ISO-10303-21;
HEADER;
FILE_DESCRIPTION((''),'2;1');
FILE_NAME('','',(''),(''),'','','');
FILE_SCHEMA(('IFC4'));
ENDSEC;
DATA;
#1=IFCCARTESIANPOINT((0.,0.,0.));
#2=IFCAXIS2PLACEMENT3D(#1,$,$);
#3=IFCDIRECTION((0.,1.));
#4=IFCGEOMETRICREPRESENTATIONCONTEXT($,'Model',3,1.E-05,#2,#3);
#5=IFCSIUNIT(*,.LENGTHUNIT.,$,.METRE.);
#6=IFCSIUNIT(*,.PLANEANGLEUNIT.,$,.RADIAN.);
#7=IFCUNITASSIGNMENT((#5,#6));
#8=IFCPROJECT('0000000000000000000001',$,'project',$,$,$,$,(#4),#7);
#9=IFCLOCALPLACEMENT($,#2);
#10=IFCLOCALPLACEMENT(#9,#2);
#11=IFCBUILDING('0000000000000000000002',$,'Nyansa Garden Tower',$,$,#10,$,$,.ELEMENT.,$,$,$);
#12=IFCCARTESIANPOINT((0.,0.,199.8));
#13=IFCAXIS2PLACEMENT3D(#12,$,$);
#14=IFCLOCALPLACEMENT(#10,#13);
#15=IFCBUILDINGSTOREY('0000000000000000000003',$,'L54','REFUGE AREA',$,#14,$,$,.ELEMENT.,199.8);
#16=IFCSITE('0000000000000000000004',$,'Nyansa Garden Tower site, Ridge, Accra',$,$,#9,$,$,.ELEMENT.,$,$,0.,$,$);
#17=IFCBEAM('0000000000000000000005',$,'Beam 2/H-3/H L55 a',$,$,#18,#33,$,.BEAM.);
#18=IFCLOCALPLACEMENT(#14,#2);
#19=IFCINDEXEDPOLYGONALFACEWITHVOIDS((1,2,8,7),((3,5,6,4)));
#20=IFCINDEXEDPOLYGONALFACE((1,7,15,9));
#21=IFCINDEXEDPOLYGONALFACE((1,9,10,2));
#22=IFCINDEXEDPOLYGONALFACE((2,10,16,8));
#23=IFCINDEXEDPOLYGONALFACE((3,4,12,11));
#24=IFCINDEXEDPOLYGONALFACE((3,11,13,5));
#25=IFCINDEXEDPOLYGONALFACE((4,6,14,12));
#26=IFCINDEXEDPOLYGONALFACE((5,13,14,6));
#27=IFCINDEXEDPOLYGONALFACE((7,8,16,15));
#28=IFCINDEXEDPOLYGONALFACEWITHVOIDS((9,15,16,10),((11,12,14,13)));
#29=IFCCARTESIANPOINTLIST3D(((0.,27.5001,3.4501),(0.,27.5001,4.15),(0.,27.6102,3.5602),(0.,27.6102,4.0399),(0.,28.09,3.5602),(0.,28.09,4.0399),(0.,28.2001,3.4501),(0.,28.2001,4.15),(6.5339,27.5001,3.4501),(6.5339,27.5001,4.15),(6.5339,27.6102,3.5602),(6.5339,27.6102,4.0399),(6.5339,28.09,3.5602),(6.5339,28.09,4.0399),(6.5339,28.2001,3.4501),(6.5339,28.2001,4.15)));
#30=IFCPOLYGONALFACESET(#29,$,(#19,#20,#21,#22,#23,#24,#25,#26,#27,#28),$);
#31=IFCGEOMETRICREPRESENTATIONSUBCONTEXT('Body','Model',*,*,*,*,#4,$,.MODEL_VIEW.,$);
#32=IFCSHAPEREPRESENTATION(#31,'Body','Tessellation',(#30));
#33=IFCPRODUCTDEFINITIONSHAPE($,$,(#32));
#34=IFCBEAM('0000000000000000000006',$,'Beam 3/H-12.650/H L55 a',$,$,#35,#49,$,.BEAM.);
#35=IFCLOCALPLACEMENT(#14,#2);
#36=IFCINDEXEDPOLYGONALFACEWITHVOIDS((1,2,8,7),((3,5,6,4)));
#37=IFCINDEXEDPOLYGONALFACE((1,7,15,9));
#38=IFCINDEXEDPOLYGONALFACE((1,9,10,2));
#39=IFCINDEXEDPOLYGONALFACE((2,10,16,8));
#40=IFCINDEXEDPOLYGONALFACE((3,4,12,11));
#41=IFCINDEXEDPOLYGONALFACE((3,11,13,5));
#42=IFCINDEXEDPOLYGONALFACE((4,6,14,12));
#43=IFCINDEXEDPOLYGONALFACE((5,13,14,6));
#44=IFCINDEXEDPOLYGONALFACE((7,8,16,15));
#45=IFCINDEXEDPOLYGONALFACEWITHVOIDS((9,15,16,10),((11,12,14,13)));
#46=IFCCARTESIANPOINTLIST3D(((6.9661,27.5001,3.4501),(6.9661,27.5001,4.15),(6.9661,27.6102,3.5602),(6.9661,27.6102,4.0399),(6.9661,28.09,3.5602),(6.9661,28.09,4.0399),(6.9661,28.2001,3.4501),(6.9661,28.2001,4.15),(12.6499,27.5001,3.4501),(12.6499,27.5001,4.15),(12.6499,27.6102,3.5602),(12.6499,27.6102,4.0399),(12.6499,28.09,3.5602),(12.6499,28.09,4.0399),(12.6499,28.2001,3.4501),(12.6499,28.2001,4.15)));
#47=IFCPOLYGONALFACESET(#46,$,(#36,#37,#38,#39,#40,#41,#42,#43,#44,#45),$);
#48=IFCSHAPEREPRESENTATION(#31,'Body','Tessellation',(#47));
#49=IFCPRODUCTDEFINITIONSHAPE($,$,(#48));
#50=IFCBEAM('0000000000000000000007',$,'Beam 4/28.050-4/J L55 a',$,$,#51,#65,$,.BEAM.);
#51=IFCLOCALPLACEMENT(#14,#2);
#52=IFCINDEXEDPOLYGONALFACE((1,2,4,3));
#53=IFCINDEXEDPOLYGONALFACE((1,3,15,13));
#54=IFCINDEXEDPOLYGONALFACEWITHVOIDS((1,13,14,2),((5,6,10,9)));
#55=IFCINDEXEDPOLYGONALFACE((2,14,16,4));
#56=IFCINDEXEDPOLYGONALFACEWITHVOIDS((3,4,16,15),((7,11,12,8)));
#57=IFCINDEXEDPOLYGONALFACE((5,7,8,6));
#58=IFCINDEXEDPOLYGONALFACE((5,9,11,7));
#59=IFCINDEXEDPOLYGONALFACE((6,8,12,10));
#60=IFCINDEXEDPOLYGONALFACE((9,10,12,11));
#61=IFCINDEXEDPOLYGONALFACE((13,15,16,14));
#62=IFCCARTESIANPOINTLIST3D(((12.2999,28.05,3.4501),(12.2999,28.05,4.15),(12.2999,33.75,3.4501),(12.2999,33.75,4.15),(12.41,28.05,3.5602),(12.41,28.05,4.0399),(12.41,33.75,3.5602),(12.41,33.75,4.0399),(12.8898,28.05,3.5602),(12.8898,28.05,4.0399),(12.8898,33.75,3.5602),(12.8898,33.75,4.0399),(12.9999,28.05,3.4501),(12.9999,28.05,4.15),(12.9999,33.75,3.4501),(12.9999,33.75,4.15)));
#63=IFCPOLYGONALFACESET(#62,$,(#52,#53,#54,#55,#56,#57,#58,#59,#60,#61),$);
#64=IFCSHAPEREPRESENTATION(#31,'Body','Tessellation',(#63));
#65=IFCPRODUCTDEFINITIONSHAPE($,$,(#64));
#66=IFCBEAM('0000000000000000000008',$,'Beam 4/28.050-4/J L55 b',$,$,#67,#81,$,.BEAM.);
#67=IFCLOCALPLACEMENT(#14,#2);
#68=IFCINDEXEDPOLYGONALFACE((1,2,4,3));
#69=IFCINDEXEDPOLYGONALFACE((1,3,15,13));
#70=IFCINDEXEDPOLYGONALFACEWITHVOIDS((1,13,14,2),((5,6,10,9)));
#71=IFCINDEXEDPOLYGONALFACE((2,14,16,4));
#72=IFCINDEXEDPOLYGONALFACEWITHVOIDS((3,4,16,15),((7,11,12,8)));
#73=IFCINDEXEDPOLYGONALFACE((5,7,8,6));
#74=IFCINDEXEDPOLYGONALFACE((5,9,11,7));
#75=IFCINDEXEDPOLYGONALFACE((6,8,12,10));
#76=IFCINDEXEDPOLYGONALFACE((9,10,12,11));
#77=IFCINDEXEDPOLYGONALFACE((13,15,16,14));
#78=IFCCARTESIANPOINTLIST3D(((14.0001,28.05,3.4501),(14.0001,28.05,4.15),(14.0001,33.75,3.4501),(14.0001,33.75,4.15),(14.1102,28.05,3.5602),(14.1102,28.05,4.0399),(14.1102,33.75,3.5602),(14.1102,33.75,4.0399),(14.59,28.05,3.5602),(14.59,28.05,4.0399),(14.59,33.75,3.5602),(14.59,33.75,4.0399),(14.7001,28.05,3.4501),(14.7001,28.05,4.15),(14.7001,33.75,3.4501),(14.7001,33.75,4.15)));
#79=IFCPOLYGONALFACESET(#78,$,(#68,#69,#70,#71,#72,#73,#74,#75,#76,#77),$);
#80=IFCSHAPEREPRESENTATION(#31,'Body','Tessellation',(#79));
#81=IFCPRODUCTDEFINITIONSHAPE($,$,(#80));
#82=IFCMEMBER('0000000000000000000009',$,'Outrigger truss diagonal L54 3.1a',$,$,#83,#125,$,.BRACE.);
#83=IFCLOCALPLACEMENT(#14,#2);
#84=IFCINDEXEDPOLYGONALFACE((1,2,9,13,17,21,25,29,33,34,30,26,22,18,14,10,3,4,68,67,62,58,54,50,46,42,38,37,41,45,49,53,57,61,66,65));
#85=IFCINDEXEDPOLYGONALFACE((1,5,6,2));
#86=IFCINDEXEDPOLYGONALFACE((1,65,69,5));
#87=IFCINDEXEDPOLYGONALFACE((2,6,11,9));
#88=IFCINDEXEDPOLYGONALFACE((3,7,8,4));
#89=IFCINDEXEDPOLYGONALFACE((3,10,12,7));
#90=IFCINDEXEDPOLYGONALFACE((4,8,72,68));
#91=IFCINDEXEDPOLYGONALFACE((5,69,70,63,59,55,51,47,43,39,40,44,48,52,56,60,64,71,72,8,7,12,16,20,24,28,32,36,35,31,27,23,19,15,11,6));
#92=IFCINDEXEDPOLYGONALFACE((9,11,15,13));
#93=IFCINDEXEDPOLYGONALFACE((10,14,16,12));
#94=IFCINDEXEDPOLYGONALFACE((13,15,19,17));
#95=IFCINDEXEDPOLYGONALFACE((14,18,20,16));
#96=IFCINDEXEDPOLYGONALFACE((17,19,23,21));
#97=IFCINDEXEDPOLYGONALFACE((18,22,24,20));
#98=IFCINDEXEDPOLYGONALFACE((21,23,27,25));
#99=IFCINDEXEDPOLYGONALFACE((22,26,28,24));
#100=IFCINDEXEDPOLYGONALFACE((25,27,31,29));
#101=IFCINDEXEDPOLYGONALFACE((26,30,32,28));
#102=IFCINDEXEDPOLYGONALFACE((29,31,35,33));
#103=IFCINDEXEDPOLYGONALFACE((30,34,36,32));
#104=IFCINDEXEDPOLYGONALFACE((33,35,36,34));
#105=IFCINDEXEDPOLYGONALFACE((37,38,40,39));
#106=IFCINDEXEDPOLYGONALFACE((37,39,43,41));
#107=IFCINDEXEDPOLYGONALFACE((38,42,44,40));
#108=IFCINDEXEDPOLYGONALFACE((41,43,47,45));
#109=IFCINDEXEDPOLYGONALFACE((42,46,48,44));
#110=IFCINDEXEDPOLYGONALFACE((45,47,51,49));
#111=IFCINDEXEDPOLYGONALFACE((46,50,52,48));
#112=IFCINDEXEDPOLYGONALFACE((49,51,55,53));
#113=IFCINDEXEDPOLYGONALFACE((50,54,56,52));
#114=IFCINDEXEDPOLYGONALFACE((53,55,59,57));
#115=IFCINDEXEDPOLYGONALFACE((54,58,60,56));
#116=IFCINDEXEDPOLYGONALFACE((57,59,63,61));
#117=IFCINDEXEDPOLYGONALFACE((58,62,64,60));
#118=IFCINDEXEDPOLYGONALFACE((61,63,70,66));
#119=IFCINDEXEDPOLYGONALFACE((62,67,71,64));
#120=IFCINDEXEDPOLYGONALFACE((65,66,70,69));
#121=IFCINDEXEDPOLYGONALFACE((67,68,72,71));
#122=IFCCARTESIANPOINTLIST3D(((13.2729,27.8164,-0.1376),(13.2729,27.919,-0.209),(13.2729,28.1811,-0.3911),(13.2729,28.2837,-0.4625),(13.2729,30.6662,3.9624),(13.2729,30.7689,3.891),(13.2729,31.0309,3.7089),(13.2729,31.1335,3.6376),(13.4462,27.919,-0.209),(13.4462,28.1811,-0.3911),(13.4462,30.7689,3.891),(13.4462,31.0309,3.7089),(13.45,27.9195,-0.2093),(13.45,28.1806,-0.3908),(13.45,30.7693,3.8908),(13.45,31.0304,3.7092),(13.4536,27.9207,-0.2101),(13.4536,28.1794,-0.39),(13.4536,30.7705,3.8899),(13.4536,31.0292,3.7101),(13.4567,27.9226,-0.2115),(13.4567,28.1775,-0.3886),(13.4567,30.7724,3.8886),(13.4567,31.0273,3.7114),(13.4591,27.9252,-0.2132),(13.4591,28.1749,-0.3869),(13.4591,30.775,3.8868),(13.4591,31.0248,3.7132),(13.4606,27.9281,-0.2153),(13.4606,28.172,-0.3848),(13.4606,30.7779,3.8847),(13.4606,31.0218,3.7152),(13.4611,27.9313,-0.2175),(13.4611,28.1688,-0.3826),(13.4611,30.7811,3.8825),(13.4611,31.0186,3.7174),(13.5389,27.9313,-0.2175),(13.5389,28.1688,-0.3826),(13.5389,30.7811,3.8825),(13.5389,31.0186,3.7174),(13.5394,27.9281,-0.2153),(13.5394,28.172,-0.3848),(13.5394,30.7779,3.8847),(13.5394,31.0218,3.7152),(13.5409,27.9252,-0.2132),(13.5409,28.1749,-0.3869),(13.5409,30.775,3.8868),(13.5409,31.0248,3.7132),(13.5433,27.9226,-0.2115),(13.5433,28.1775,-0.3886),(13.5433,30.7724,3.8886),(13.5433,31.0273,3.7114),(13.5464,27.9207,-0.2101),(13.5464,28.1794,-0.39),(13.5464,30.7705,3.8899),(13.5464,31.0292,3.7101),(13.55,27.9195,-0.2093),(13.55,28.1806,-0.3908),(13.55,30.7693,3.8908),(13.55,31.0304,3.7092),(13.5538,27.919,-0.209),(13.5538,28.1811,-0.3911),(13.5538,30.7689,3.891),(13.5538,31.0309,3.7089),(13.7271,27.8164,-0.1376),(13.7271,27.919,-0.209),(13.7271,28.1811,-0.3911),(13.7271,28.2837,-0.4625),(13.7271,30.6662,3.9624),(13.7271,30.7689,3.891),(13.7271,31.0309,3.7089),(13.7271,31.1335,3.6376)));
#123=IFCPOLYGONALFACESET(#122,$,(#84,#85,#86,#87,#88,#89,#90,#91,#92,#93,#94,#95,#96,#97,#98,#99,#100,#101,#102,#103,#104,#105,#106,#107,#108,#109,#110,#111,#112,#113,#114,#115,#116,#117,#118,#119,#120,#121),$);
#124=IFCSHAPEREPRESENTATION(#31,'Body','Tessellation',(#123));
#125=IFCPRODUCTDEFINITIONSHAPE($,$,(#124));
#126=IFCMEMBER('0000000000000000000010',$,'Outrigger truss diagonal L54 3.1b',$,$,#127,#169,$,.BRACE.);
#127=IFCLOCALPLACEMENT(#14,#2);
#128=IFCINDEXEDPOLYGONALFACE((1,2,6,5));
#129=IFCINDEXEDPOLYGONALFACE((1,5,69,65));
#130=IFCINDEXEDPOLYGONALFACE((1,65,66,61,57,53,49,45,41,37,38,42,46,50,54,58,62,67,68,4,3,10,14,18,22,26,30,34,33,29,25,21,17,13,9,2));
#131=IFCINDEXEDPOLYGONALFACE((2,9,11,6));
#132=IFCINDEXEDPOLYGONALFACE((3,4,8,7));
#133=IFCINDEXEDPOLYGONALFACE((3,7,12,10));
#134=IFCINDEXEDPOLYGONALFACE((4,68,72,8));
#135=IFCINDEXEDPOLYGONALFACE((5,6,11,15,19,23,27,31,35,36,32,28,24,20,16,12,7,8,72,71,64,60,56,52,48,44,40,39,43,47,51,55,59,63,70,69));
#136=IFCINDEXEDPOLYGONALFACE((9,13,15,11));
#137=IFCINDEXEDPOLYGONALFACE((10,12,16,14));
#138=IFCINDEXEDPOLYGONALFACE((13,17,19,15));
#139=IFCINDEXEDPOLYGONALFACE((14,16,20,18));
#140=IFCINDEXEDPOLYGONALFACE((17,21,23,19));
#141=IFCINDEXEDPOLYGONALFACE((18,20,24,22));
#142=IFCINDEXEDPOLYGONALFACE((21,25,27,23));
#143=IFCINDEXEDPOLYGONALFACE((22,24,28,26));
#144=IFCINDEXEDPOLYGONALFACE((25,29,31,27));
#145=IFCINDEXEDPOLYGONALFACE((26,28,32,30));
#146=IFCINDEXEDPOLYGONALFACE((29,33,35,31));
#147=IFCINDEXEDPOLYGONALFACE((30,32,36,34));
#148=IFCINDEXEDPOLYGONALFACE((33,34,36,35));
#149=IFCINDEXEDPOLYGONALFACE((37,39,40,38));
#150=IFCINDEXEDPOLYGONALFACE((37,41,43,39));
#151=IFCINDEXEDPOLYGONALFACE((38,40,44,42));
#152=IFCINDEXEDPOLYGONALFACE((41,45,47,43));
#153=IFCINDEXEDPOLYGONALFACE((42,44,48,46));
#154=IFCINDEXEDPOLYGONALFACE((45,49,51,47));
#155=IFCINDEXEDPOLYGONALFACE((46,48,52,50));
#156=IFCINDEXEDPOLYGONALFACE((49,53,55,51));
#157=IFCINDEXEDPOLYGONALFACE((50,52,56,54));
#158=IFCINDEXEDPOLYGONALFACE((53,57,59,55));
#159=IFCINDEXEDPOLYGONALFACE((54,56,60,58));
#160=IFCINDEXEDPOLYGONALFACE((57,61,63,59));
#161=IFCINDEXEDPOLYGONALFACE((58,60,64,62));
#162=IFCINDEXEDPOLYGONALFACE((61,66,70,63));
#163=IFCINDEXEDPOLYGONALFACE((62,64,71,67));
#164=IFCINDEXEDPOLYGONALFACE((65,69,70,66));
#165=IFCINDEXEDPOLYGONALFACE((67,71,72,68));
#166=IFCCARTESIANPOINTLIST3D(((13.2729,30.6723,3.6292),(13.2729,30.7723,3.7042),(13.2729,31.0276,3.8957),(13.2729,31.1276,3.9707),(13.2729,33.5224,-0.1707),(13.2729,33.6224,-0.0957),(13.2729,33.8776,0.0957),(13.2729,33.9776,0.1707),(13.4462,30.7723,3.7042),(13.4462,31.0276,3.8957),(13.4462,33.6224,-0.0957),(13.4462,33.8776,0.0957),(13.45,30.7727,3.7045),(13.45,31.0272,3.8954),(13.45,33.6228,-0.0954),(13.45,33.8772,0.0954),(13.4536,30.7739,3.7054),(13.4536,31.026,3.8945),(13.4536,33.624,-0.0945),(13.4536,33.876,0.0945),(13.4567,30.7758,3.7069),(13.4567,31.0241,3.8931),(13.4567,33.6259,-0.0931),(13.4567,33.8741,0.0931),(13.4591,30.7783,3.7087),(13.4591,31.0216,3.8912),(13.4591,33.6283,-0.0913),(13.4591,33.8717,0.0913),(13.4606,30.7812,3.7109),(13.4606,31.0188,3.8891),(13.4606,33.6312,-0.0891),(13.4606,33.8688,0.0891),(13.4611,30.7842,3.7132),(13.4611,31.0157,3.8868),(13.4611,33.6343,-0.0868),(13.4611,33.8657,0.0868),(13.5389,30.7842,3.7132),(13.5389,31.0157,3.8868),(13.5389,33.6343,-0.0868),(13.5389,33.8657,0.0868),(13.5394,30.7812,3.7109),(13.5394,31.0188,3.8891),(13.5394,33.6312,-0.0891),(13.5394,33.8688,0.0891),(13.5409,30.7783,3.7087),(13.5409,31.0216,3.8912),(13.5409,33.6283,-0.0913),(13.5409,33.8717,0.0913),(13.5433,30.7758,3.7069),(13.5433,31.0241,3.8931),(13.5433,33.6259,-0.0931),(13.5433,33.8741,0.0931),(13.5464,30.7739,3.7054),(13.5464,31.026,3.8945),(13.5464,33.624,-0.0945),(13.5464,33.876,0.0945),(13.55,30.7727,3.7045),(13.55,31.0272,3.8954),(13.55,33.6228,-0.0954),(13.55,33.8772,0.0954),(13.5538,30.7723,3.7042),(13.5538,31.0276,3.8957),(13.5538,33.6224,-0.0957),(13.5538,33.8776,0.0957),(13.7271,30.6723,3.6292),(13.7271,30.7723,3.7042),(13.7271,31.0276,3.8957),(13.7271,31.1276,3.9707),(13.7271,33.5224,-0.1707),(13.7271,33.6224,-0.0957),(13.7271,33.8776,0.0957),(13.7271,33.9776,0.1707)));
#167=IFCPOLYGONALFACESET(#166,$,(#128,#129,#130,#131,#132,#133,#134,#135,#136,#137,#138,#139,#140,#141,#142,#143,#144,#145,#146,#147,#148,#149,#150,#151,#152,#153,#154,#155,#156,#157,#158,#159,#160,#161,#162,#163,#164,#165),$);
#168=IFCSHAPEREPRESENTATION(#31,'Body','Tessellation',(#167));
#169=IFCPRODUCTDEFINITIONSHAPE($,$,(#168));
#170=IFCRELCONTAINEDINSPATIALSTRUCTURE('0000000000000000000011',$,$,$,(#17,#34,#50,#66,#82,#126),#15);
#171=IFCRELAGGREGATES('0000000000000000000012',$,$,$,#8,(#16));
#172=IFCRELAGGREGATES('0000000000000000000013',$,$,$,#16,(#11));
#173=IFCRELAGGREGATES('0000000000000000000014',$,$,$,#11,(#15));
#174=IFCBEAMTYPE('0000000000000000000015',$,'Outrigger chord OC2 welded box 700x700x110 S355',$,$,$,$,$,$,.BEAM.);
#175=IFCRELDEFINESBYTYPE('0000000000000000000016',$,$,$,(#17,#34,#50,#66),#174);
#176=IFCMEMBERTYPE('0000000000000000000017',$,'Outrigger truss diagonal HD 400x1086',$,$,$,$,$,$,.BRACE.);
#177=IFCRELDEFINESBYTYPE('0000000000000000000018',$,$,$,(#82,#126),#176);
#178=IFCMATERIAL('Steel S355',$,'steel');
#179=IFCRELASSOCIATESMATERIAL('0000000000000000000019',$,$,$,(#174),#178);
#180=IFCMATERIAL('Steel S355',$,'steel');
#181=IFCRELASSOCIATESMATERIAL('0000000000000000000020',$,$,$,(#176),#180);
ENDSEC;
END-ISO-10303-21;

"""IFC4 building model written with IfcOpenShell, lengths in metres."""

from ifc_helpers import new_model, si_unit, direction, frame, origin, origin_2d, place, context, subcontext, project, spatial, hollow_rectangle, i_section, extrude, material, material_profile, profile_set, type_object, element, save


model = new_model("IFC4")

# Units and contexts
model_context = context("Model", 3, precision=1e-05, world=origin(), true_north=direction((0.0, 1.0)))
body_context = subcontext(model_context, "Body", "Model", "MODEL_VIEW")
ifc_project = project(units=[si_unit("LENGTHUNIT", "METRE"), si_unit("PLANEANGLEUNIT", "RADIAN")], contexts=[model_context])

# Site, building, storey
site_placement = place(None, origin())
site = spatial("IfcSite", under=ifc_project, at=site_placement, Name="Nyansa Garden Tower site, Ridge, Accra", CompositionType="ELEMENT", RefElevation=0.0)
building_placement = place(site_placement, origin())
building = spatial("IfcBuilding", under=site, at=building_placement, Name="Nyansa Garden Tower", CompositionType="ELEMENT")
storey_placement = place(building_placement, frame((0.0, 0.0, 199.8)))
storey = spatial("IfcBuildingStorey", under=building, at=storey_placement, Name="L54", Description="REFUGE AREA", CompositionType="ELEMENT", Elevation=199.8)

# Beams
ifc_material_1 = material(Name="Steel S355", Category="steel")
ifc_material_profile_1 = material_profile(ifc_material_1, hollow_rectangle(XDim=0.7, YDim=0.7, WallThickness=0.1101, at=origin_2d()), Name="Welded box 700x700x110")
ifc_profile_set_1 = profile_set([ifc_material_profile_1], Name="Steel S355")
beam_type_1 = type_object("IfcBeamType", Name="Outrigger chord OC2 welded box 700x700x110 S355", PredefinedType="BEAM", material=ifc_profile_set_1)
beam_1_placement = place(storey_placement, frame((0.0, 27.8501, 3.8), z_axis=(1.0, 0.0, 0.0), x_axis=(0.0, 1.0, 0.0)))
element("IfcBeam", 1, at=beam_1_placement, inside=storey, type_object=beam_type_1, Name="Beam 2/H-3/H L55 a", PredefinedType="BEAM", context=body_context, shape_type="SweptSolid", body=[
    extrude(hollow_rectangle(XDim=0.7, YDim=0.7, WallThickness=0.1101, at=origin_2d()), origin(), (0.0, 0.0, 1.0), 6.5339),
])
beam_2_placement = place(storey_placement, frame((6.9661, 27.8501, 3.8), z_axis=(1.0, 0.0, 0.0), x_axis=(0.0, 1.0, 0.0)))
element("IfcBeam", 2, at=beam_2_placement, inside=storey, type_object=beam_type_1, Name="Beam 3/H-12.650/H L55 a", PredefinedType="BEAM", context=body_context, shape_type="SweptSolid", body=[
    extrude(hollow_rectangle(XDim=0.7, YDim=0.7, WallThickness=0.1101, at=origin_2d()), origin(), (0.0, 0.0, 1.0), 5.6838),
])
for number, where, z_axis, x_axis, name in (
    (3, (12.6499, 28.05, 3.8), (0.0, 1.0, 0.0), (-1.0, 0.0, 0.0), "Beam 4/28.050-4/J L55 a"),
    (4, (14.3501, 28.05, 3.8), (0.0, 1.0, 0.0), (-1.0, 0.0, 0.0), "Beam 4/28.050-4/J L55 b"),
):
    element("IfcBeam", number, at=place(storey_placement, frame(where, z_axis=z_axis, x_axis=x_axis)), inside=storey, type_object=beam_type_1, Name=name, PredefinedType="BEAM", context=body_context, shape_type="SweptSolid", body=[
        extrude(hollow_rectangle(XDim=0.7, YDim=0.7, WallThickness=0.1101, at=origin_2d()), origin(), (0.0, 0.0, 1.0), 5.7),
    ])

# Members
ifc_material_2 = material(Name="Steel S355", Category="steel")
ifc_material_profile_2 = material_profile(ifc_material_2, i_section(OverallWidth=0.4541, OverallDepth=0.5691, WebThickness=0.0779, FlangeThickness=0.125, FilletRadius=0.0149, at=origin_2d()), Name="HD 400x1086")
ifc_profile_set_2 = profile_set([ifc_material_profile_2], Name="Steel S355")
member_type_1 = type_object("IfcMemberType", Name="Outrigger truss diagonal HD 400x1086", PredefinedType="BRACE", material=ifc_profile_set_2)
member_1_placement = place(storey_placement, frame((13.5, 28.05, -0.3), z_axis=(0.0, 0.570742, 0.821129), x_axis=(-1.0, 0.0, 0.0)))
element("IfcMember", 5, at=member_1_placement, inside=storey, type_object=member_type_1, Name="Outrigger truss diagonal L54 3.1a", PredefinedType="BRACE", context=body_context, shape_type="SweptSolid", body=[
    extrude(i_section(OverallWidth=0.4541, OverallDepth=0.5691, WebThickness=0.0779, FlangeThickness=0.125, FilletRadius=0.0149, at=origin_2d()), origin(), (0.0, 0.0, 1.0), 4.9932),
])
member_2_placement = place(storey_placement, frame((13.5, 33.75, 0.0), z_axis=(0.0, -0.600008, 0.799994), x_axis=(1.0, 0.0, 0.0)))
element("IfcMember", 6, at=member_2_placement, inside=storey, type_object=member_type_1, Name="Outrigger truss diagonal L54 3.1b", PredefinedType="BRACE", context=body_context, shape_type="SweptSolid", body=[
    extrude(i_section(OverallWidth=0.4541, OverallDepth=0.5691, WebThickness=0.0779, FlangeThickness=0.125, FilletRadius=0.0149, at=origin_2d()), origin(), (0.0, 0.0, 1.0), 4.75),
])

save(model, "model.ifc")
